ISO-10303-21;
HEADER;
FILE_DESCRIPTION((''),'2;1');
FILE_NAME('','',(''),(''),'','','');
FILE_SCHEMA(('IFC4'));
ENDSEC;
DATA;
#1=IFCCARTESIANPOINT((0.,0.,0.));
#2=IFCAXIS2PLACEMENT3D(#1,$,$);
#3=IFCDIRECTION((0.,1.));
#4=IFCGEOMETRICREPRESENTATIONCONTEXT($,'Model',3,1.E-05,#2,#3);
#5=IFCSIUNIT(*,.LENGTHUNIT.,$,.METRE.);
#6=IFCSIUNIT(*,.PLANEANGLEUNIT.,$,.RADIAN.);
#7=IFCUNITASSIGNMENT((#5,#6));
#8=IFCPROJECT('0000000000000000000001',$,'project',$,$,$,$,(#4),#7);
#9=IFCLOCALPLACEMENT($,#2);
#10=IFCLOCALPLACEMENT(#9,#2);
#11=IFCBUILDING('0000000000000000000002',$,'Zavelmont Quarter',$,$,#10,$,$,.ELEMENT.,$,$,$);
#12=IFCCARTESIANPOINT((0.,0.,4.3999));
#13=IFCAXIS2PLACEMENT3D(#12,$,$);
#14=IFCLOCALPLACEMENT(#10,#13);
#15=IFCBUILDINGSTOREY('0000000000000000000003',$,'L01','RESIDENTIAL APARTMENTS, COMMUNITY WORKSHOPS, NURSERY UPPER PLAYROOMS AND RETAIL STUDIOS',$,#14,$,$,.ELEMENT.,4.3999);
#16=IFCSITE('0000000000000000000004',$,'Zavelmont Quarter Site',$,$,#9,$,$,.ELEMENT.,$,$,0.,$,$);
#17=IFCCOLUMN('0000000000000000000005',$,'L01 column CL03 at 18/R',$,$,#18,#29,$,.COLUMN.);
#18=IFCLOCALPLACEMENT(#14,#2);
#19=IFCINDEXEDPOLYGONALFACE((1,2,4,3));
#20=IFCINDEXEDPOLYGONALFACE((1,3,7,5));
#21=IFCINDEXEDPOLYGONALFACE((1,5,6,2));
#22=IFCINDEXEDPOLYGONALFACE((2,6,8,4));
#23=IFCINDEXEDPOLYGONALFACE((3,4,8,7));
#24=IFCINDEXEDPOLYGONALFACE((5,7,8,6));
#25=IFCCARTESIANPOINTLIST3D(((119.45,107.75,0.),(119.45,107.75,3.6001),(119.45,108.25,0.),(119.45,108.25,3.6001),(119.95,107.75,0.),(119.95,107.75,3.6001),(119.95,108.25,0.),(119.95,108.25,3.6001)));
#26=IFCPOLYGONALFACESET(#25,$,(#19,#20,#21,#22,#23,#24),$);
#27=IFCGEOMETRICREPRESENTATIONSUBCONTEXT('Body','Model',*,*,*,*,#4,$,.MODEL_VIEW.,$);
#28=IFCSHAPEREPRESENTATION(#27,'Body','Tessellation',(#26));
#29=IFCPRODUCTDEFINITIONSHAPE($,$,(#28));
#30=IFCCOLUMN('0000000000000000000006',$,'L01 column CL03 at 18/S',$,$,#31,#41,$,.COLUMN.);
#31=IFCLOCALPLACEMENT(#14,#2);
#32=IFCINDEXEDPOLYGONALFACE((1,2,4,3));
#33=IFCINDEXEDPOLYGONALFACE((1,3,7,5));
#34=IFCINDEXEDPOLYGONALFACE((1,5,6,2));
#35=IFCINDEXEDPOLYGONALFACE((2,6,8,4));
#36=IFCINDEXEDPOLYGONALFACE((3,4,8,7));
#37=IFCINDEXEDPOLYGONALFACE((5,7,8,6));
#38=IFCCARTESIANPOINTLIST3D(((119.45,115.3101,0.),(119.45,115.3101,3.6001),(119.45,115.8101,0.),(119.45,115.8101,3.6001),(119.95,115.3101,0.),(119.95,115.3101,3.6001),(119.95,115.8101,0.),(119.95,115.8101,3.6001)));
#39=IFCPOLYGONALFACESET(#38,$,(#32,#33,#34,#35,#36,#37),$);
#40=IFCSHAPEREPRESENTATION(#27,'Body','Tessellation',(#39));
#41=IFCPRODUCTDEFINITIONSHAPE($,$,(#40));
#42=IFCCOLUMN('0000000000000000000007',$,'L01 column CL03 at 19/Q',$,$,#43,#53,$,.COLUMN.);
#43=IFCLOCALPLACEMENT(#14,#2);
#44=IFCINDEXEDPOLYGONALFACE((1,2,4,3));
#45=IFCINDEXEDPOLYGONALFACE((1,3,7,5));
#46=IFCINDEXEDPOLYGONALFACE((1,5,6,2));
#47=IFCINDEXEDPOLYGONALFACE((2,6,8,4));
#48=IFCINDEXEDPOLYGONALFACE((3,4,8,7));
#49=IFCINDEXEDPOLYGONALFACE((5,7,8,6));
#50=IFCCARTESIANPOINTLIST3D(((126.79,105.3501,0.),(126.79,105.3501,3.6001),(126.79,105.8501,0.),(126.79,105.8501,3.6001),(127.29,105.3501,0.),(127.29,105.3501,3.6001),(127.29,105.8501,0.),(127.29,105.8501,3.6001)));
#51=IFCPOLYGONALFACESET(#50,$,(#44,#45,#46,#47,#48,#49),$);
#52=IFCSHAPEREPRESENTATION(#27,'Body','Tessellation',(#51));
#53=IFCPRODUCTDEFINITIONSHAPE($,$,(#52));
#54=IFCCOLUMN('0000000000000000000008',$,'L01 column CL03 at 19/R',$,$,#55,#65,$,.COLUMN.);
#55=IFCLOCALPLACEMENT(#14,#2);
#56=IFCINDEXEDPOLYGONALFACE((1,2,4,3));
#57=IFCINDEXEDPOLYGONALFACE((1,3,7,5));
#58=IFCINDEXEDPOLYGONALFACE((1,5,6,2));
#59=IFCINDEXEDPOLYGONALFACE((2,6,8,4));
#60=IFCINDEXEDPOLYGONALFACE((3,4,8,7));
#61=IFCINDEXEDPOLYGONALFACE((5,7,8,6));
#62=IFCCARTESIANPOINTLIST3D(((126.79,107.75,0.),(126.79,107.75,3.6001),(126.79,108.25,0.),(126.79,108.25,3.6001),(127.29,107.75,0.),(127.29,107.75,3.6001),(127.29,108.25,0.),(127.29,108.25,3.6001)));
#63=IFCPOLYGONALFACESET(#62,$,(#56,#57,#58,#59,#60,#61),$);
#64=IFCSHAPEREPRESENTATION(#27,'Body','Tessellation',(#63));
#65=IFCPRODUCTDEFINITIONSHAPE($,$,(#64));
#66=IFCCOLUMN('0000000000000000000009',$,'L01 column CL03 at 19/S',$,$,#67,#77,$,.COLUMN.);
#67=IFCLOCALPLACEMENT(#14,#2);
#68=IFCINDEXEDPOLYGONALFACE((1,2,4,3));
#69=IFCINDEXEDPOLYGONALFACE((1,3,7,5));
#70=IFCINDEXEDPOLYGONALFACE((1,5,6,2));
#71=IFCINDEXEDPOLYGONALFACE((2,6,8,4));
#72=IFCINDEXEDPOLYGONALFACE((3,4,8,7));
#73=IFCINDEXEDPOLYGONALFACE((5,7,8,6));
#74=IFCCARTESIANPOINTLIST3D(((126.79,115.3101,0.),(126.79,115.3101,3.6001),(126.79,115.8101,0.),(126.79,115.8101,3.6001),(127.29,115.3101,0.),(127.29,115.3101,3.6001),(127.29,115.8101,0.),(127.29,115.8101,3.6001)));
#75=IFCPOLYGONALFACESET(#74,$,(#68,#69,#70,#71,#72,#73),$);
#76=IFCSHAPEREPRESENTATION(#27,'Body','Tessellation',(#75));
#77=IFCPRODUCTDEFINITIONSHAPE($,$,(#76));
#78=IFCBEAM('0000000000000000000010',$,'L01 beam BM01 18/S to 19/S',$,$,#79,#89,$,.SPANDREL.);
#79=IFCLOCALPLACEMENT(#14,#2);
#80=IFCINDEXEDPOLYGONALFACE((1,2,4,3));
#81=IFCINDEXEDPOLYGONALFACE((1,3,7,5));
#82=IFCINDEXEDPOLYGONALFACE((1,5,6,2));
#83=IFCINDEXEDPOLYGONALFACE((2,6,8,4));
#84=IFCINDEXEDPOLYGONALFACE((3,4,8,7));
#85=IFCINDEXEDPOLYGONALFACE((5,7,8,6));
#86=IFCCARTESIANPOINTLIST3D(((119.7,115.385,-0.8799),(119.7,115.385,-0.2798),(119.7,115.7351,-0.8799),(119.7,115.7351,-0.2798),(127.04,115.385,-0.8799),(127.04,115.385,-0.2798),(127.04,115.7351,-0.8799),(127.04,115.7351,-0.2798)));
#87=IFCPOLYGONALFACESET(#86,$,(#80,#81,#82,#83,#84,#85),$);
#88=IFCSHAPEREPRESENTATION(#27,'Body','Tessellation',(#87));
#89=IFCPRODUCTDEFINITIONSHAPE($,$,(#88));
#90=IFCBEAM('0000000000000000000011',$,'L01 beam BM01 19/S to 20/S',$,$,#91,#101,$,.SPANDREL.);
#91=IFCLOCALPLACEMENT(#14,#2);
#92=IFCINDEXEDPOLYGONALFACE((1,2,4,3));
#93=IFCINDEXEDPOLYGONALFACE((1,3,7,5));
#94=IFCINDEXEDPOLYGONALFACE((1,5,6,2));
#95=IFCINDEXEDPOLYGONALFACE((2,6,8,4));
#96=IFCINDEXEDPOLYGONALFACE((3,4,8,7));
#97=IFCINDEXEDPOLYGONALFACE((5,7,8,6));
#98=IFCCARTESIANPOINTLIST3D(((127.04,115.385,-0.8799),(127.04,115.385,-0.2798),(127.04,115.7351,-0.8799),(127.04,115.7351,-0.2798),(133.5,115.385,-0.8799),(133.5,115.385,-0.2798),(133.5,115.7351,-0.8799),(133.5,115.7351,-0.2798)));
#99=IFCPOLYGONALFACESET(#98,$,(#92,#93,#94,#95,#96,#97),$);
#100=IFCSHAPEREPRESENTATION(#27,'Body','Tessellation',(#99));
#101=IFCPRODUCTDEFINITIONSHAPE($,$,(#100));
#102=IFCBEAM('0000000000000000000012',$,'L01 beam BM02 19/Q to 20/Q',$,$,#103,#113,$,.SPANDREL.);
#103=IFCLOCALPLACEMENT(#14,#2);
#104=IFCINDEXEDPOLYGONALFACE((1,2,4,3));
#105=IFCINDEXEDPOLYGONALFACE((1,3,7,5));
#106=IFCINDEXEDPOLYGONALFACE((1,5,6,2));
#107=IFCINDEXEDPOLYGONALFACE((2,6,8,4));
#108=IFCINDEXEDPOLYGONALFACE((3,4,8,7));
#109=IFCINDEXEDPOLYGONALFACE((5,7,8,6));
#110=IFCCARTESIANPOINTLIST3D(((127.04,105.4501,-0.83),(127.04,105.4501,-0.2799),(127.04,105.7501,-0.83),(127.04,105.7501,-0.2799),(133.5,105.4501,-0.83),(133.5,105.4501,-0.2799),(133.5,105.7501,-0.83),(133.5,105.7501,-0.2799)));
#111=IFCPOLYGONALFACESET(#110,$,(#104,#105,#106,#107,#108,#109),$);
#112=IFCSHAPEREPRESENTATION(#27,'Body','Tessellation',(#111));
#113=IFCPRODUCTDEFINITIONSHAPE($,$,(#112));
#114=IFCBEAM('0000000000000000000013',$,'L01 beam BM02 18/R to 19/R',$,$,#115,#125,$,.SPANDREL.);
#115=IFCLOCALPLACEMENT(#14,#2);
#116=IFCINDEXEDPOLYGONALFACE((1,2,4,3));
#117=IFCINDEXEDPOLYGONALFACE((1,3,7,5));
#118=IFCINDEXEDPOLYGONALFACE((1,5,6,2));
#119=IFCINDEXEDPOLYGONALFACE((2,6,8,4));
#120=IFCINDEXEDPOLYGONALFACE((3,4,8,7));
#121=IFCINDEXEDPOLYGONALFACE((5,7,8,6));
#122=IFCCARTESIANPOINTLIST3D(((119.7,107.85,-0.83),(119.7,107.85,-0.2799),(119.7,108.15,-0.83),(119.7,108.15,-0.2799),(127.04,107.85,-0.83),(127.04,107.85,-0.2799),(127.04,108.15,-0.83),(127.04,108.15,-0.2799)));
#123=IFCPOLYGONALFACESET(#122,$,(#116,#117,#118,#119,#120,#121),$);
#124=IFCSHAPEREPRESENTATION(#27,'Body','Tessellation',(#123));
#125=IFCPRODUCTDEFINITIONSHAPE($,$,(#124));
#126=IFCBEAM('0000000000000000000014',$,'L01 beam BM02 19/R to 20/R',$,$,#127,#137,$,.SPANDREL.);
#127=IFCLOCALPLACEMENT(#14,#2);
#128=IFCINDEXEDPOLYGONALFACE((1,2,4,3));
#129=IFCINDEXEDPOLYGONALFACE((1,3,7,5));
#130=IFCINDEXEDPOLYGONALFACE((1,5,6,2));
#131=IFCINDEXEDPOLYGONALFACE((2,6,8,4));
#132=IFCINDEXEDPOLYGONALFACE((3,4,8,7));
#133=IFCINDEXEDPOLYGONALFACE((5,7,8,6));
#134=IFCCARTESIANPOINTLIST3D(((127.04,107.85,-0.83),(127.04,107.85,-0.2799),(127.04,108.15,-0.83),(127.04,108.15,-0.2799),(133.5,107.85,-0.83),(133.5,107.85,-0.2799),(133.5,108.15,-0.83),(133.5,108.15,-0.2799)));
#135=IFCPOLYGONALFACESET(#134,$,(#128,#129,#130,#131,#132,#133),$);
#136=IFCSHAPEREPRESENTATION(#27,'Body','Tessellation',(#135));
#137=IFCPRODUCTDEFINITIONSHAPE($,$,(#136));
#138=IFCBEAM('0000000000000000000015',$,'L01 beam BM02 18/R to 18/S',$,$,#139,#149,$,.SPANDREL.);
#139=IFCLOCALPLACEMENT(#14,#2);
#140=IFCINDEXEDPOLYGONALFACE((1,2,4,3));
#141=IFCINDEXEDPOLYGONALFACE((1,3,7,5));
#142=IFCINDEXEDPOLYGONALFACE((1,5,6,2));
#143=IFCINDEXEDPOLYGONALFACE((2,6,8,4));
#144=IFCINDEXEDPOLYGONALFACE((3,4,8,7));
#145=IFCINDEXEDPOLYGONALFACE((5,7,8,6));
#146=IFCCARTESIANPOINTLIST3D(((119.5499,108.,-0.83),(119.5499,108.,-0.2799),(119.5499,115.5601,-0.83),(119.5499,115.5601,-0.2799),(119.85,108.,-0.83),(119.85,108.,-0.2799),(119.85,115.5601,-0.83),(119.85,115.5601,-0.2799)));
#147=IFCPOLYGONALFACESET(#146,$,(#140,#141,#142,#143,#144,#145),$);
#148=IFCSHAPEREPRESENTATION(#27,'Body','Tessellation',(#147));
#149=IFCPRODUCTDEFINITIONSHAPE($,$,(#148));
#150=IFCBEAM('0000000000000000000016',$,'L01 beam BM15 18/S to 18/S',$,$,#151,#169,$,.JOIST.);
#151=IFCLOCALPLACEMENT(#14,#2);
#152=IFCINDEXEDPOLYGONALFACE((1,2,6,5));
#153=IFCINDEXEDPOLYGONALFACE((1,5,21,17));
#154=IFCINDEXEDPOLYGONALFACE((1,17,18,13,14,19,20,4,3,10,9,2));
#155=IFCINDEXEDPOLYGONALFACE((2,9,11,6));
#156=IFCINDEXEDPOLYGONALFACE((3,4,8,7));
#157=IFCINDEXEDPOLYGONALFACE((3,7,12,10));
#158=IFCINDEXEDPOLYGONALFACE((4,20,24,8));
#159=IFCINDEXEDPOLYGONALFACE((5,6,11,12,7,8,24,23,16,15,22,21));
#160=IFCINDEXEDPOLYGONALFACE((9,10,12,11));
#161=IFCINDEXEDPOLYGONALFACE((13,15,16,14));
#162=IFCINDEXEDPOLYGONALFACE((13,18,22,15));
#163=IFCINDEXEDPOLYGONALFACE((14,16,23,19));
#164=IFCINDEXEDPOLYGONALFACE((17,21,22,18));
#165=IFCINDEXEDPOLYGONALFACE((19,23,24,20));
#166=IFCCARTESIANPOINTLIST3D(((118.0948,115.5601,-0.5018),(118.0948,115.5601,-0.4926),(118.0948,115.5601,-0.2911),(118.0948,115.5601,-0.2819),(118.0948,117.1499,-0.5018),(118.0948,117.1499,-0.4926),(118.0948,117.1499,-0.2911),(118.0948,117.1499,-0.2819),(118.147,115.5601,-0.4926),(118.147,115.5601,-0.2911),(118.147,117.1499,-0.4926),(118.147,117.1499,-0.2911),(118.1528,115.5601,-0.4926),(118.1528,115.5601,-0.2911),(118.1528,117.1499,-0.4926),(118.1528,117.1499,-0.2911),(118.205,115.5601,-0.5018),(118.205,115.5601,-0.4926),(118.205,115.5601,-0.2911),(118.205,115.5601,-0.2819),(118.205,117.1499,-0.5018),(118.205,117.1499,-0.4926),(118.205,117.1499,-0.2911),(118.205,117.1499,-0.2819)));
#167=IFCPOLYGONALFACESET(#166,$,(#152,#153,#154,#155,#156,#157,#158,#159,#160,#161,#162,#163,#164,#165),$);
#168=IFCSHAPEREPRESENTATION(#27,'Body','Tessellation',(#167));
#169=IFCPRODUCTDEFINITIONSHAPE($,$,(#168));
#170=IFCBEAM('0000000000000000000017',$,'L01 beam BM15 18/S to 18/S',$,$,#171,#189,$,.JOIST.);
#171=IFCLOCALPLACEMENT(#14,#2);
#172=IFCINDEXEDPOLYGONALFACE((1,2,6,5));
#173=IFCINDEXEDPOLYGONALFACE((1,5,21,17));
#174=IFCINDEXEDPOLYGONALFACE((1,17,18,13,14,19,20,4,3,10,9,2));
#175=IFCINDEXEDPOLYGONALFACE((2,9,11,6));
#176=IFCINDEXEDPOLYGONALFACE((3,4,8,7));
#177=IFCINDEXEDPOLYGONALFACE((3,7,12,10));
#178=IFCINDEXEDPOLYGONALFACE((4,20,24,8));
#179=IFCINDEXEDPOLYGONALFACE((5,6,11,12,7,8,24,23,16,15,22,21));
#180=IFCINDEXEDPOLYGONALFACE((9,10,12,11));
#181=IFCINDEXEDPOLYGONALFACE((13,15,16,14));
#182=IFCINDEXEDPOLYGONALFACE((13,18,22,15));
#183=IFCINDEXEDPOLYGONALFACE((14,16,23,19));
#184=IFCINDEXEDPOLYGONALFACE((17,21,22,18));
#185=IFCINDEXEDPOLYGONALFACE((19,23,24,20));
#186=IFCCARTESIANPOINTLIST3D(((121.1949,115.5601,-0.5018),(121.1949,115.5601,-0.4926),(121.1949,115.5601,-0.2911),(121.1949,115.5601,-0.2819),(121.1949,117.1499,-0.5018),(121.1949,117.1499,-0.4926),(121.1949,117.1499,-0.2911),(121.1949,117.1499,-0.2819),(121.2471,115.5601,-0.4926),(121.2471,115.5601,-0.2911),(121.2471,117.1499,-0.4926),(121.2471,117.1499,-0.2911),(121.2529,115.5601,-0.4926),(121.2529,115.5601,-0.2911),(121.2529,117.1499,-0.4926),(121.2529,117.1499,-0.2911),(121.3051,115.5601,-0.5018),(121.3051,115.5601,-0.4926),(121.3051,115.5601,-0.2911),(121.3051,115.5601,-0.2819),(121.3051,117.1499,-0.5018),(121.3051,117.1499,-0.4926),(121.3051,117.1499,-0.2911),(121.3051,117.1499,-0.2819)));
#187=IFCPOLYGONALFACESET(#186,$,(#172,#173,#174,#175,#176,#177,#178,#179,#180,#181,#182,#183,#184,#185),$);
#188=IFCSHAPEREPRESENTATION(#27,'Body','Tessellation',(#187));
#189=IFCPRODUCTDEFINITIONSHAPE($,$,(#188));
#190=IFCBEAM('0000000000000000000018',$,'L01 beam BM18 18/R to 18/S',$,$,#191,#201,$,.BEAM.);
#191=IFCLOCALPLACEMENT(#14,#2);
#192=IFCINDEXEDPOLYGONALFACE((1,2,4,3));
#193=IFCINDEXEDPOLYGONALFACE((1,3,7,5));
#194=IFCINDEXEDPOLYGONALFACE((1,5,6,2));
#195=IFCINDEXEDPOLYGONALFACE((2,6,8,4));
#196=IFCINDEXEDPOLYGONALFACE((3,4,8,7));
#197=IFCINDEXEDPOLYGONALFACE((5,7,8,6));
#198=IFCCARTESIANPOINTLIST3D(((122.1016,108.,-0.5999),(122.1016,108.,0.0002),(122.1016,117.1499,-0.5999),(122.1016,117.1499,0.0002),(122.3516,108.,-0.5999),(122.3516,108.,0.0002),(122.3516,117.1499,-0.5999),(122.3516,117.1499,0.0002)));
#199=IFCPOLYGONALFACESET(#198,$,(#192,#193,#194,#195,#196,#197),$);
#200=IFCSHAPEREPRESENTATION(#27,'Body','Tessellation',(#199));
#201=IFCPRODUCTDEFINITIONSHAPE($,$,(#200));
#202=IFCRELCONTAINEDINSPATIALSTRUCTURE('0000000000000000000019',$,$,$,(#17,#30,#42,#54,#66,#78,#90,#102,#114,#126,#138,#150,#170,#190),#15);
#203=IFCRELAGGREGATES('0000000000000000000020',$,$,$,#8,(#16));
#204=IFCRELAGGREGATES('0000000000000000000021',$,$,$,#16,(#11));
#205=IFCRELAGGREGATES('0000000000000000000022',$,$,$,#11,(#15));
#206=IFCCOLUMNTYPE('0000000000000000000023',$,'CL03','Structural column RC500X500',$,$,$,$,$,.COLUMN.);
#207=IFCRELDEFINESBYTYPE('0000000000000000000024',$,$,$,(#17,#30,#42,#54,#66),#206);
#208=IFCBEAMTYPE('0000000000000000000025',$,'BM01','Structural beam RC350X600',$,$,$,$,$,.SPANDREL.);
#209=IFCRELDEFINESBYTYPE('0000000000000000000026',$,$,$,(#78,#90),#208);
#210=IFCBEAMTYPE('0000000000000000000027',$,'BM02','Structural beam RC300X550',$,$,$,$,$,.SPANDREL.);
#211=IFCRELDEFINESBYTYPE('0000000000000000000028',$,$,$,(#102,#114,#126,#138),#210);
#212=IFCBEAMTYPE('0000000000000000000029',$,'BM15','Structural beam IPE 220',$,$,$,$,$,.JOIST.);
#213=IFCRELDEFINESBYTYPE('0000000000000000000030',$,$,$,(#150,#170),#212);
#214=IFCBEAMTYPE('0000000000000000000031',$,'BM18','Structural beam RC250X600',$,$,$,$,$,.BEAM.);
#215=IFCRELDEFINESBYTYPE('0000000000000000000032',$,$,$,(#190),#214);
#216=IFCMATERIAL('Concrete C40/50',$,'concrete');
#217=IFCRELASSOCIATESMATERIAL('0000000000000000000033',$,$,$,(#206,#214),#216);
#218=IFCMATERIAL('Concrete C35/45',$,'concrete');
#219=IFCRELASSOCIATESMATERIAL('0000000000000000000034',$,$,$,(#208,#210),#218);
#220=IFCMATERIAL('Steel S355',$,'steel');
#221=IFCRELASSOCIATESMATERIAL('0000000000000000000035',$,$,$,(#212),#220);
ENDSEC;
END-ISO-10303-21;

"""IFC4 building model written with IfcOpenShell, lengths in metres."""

from ifc_helpers import new_model, si_unit, direction, frame, origin, origin_2d, place, context, subcontext, project, spatial, rectangle, i_section, extrude, material, material_profile, profile_set, type_object, element, save


model = new_model("IFC4")

# Units and contexts
model_context = context("Model", 3, precision=1e-05, world=origin(), true_north=direction((0.0, 1.0)))
body_context = subcontext(model_context, "Body", "Model", "MODEL_VIEW")
ifc_project = project(units=[si_unit("LENGTHUNIT", "METRE"), si_unit("PLANEANGLEUNIT", "RADIAN")], contexts=[model_context])

# Site, building, storey
site_placement = place(None, origin())
site = spatial("IfcSite", under=ifc_project, at=site_placement, Name="Zavelmont Quarter Site", CompositionType="ELEMENT", RefElevation=0.0)
building_placement = place(site_placement, origin())
building = spatial("IfcBuilding", under=site, at=building_placement, Name="Zavelmont Quarter", CompositionType="ELEMENT")
storey_placement = place(building_placement, frame((0.0, 0.0, 4.3999)))
storey = spatial("IfcBuildingStorey", under=building, at=storey_placement, Name="L01", Description="RESIDENTIAL APARTMENTS, COMMUNITY WORKSHOPS, NURSERY UPPER PLAYROOMS AND RETAIL STUDIOS", CompositionType="ELEMENT", Elevation=4.3999)

# Columns
ifc_material_1 = material(Name="Concrete C40/50", Category="concrete")
ifc_material_profile_1 = material_profile(ifc_material_1, rectangle(XDim=0.5, YDim=0.5, at=origin_2d()), Name="RC500X500")
ifc_profile_set_1 = profile_set([ifc_material_profile_1], Name="Concrete C40/50")
column_type = type_object("IfcColumnType", Name="CL03", Description="Structural column RC500X500", PredefinedType="COLUMN", material=ifc_profile_set_1)
for number, where, z_axis, x_axis, name in (
    (1, (119.7, 108.0, 0.0), (0.0, 0.0, 1.0), (1.0, 0.0, 0.0), "L01 column CL03 at 18/R"),
    (2, (119.7, 115.5601, 0.0), (0.0, 0.0, 1.0), (1.0, 0.0, 0.0), "L01 column CL03 at 18/S"),
    (3, (127.04, 105.6001, 0.0), (0.0, 0.0, 1.0), (1.0, 0.0, 0.0), "L01 column CL03 at 19/Q"),
    (4, (127.04, 108.0, 0.0), (0.0, 0.0, 1.0), (1.0, 0.0, 0.0), "L01 column CL03 at 19/R"),
    (5, (127.04, 115.5601, 0.0), (0.0, 0.0, 1.0), (1.0, 0.0, 0.0), "L01 column CL03 at 19/S"),
):
    element("IfcColumn", number, at=place(storey_placement, frame(where, z_axis=z_axis, x_axis=x_axis)), inside=storey, type_object=column_type, Name=name, PredefinedType="COLUMN", context=body_context, shape_type="SweptSolid", body=[
        extrude(rectangle(XDim=0.5, YDim=0.5, at=origin_2d()), origin(), (0.0, 0.0, 1.0), 3.6001),
    ])

# Beams
ifc_material_2 = material(Name="Concrete C35/45", Category="concrete")
ifc_material_profile_2 = material_profile(ifc_material_2, rectangle(XDim=0.3501, YDim=0.6001, at=origin_2d()), Name="RC350X600")
ifc_profile_set_2 = profile_set([ifc_material_profile_2], Name="Concrete C35/45")
beam_type_1 = type_object("IfcBeamType", Name="BM01", Description="Structural beam RC350X600", PredefinedType="SPANDREL", material=ifc_profile_set_2)
beam_1_placement = place(storey_placement, frame((119.7, 115.5601, -0.5798), z_axis=(1.0, 0.0, 0.0), x_axis=(0.0, 1.0, 0.0)))
element("IfcBeam", 6, at=beam_1_placement, inside=storey, type_object=beam_type_1, Name="L01 beam BM01 18/S to 19/S", PredefinedType="SPANDREL", context=body_context, shape_type="SweptSolid", body=[
    extrude(rectangle(XDim=0.3501, YDim=0.6001, at=origin_2d()), origin(), (0.0, 0.0, 1.0), 7.3401),
])
beam_2_placement = place(storey_placement, frame((127.04, 115.5601, -0.5798), z_axis=(1.0, 0.0, 0.0), x_axis=(0.0, 1.0, 0.0)))
element("IfcBeam", 7, at=beam_2_placement, inside=storey, type_object=beam_type_1, Name="L01 beam BM01 19/S to 20/S", PredefinedType="SPANDREL", context=body_context, shape_type="SweptSolid", body=[
    extrude(rectangle(XDim=0.3501, YDim=0.6001, at=origin_2d()), origin(), (0.0, 0.0, 1.0), 6.46),
])
ifc_material_profile_3 = material_profile(ifc_material_2, rectangle(XDim=0.3, YDim=0.55, at=origin_2d()), Name="RC300X550")
ifc_profile_set_3 = profile_set([ifc_material_profile_3], Name="Concrete C35/45")
beam_type_2 = type_object("IfcBeamType", Name="BM02", Description="Structural beam RC300X550", PredefinedType="SPANDREL", material=ifc_profile_set_3)
beam_3_placement = place(storey_placement, frame((127.04, 105.6001, -0.5549), z_axis=(1.0, 0.0, 0.0), x_axis=(0.0, 1.0, 0.0)))
element("IfcBeam", 8, at=beam_3_placement, inside=storey, type_object=beam_type_2, Name="L01 beam BM02 19/Q to 20/Q", PredefinedType="SPANDREL", context=body_context, shape_type="SweptSolid", body=[
    extrude(rectangle(XDim=0.3, YDim=0.55, at=origin_2d()), origin(), (0.0, 0.0, 1.0), 6.46),
])
beam_4_placement = place(storey_placement, frame((119.7, 108.0, -0.5549), z_axis=(1.0, 0.0, 0.0), x_axis=(0.0, 1.0, 0.0)))
element("IfcBeam", 9, at=beam_4_placement, inside=storey, type_object=beam_type_2, Name="L01 beam BM02 18/R to 19/R", PredefinedType="SPANDREL", context=body_context, shape_type="SweptSolid", body=[
    extrude(rectangle(XDim=0.3, YDim=0.55, at=origin_2d()), origin(), (0.0, 0.0, 1.0), 7.3401),
])
beam_5_placement = place(storey_placement, frame((127.04, 108.0, -0.5549), z_axis=(1.0, 0.0, 0.0), x_axis=(0.0, 1.0, 0.0)))
element("IfcBeam", 10, at=beam_5_placement, inside=storey, type_object=beam_type_2, Name="L01 beam BM02 19/R to 20/R", PredefinedType="SPANDREL", context=body_context, shape_type="SweptSolid", body=[
    extrude(rectangle(XDim=0.3, YDim=0.55, at=origin_2d()), origin(), (0.0, 0.0, 1.0), 6.46),
])
beam_6_placement = place(storey_placement, frame((119.7, 108.0, -0.5549), z_axis=(0.0, 1.0, 0.0), x_axis=(-1.0, 0.0, 0.0)))
element("IfcBeam", 11, at=beam_6_placement, inside=storey, type_object=beam_type_2, Name="L01 beam BM02 18/R to 18/S", PredefinedType="SPANDREL", context=body_context, shape_type="SweptSolid", body=[
    extrude(rectangle(XDim=0.3, YDim=0.55, at=origin_2d()), origin(), (0.0, 0.0, 1.0), 7.5601),
])
ifc_material_3 = material(Name="Steel S355", Category="steel")
ifc_material_profile_4 = material_profile(ifc_material_3, i_section(OverallWidth=0.1101, OverallDepth=0.22, WebThickness=0.0059, FlangeThickness=0.0093, at=origin_2d()), Name="IPE 220")
ifc_profile_set_4 = profile_set([ifc_material_profile_4], Name="Steel S355")
beam_type_3 = type_object("IfcBeamType", Name="BM15", Description="Structural beam IPE 220", PredefinedType="JOIST", material=ifc_profile_set_4)
for number, where, z_axis, x_axis, name in (
    (12, (118.1499, 115.5601, -0.3918), (0.0, 1.0, 0.0), (-1.0, 0.0, 0.0), "L01 beam BM15 18/S to 18/S"),
    (13, (121.25, 115.5601, -0.3918), (0.0, 1.0, 0.0), (-1.0, 0.0, 0.0), "L01 beam BM15 18/S to 18/S"),
):
    element("IfcBeam", number, at=place(storey_placement, frame(where, z_axis=z_axis, x_axis=x_axis)), inside=storey, type_object=beam_type_3, Name=name, PredefinedType="JOIST", context=body_context, shape_type="SweptSolid", body=[
        extrude(i_section(OverallWidth=0.1101, OverallDepth=0.22, WebThickness=0.0059, FlangeThickness=0.0093, at=origin_2d()), origin(), (0.0, 0.0, 1.0), 1.5898),
    ])
ifc_material_profile_5 = material_profile(ifc_material_1, rectangle(XDim=0.25, YDim=0.6001, at=origin_2d()), Name="RC250X600")
ifc_profile_set_5 = profile_set([ifc_material_profile_5], Name="Concrete C40/50")
beam_type_4 = type_object("IfcBeamType", Name="BM18", Description="Structural beam RC250X600", PredefinedType="BEAM", material=ifc_profile_set_5)
beam_7_placement = place(storey_placement, frame((122.2266, 108.0, -0.2998), z_axis=(0.0, 1.0, 0.0), x_axis=(-1.0, 0.0, 0.0)))
element("IfcBeam", 14, at=beam_7_placement, inside=storey, type_object=beam_type_4, Name="L01 beam BM18 18/R to 18/S", PredefinedType="BEAM", context=body_context, shape_type="SweptSolid", body=[
    extrude(rectangle(XDim=0.25, YDim=0.6001, at=origin_2d()), origin(), (0.0, 0.0, 1.0), 9.1499),
])

save(model, "model.ifc")
